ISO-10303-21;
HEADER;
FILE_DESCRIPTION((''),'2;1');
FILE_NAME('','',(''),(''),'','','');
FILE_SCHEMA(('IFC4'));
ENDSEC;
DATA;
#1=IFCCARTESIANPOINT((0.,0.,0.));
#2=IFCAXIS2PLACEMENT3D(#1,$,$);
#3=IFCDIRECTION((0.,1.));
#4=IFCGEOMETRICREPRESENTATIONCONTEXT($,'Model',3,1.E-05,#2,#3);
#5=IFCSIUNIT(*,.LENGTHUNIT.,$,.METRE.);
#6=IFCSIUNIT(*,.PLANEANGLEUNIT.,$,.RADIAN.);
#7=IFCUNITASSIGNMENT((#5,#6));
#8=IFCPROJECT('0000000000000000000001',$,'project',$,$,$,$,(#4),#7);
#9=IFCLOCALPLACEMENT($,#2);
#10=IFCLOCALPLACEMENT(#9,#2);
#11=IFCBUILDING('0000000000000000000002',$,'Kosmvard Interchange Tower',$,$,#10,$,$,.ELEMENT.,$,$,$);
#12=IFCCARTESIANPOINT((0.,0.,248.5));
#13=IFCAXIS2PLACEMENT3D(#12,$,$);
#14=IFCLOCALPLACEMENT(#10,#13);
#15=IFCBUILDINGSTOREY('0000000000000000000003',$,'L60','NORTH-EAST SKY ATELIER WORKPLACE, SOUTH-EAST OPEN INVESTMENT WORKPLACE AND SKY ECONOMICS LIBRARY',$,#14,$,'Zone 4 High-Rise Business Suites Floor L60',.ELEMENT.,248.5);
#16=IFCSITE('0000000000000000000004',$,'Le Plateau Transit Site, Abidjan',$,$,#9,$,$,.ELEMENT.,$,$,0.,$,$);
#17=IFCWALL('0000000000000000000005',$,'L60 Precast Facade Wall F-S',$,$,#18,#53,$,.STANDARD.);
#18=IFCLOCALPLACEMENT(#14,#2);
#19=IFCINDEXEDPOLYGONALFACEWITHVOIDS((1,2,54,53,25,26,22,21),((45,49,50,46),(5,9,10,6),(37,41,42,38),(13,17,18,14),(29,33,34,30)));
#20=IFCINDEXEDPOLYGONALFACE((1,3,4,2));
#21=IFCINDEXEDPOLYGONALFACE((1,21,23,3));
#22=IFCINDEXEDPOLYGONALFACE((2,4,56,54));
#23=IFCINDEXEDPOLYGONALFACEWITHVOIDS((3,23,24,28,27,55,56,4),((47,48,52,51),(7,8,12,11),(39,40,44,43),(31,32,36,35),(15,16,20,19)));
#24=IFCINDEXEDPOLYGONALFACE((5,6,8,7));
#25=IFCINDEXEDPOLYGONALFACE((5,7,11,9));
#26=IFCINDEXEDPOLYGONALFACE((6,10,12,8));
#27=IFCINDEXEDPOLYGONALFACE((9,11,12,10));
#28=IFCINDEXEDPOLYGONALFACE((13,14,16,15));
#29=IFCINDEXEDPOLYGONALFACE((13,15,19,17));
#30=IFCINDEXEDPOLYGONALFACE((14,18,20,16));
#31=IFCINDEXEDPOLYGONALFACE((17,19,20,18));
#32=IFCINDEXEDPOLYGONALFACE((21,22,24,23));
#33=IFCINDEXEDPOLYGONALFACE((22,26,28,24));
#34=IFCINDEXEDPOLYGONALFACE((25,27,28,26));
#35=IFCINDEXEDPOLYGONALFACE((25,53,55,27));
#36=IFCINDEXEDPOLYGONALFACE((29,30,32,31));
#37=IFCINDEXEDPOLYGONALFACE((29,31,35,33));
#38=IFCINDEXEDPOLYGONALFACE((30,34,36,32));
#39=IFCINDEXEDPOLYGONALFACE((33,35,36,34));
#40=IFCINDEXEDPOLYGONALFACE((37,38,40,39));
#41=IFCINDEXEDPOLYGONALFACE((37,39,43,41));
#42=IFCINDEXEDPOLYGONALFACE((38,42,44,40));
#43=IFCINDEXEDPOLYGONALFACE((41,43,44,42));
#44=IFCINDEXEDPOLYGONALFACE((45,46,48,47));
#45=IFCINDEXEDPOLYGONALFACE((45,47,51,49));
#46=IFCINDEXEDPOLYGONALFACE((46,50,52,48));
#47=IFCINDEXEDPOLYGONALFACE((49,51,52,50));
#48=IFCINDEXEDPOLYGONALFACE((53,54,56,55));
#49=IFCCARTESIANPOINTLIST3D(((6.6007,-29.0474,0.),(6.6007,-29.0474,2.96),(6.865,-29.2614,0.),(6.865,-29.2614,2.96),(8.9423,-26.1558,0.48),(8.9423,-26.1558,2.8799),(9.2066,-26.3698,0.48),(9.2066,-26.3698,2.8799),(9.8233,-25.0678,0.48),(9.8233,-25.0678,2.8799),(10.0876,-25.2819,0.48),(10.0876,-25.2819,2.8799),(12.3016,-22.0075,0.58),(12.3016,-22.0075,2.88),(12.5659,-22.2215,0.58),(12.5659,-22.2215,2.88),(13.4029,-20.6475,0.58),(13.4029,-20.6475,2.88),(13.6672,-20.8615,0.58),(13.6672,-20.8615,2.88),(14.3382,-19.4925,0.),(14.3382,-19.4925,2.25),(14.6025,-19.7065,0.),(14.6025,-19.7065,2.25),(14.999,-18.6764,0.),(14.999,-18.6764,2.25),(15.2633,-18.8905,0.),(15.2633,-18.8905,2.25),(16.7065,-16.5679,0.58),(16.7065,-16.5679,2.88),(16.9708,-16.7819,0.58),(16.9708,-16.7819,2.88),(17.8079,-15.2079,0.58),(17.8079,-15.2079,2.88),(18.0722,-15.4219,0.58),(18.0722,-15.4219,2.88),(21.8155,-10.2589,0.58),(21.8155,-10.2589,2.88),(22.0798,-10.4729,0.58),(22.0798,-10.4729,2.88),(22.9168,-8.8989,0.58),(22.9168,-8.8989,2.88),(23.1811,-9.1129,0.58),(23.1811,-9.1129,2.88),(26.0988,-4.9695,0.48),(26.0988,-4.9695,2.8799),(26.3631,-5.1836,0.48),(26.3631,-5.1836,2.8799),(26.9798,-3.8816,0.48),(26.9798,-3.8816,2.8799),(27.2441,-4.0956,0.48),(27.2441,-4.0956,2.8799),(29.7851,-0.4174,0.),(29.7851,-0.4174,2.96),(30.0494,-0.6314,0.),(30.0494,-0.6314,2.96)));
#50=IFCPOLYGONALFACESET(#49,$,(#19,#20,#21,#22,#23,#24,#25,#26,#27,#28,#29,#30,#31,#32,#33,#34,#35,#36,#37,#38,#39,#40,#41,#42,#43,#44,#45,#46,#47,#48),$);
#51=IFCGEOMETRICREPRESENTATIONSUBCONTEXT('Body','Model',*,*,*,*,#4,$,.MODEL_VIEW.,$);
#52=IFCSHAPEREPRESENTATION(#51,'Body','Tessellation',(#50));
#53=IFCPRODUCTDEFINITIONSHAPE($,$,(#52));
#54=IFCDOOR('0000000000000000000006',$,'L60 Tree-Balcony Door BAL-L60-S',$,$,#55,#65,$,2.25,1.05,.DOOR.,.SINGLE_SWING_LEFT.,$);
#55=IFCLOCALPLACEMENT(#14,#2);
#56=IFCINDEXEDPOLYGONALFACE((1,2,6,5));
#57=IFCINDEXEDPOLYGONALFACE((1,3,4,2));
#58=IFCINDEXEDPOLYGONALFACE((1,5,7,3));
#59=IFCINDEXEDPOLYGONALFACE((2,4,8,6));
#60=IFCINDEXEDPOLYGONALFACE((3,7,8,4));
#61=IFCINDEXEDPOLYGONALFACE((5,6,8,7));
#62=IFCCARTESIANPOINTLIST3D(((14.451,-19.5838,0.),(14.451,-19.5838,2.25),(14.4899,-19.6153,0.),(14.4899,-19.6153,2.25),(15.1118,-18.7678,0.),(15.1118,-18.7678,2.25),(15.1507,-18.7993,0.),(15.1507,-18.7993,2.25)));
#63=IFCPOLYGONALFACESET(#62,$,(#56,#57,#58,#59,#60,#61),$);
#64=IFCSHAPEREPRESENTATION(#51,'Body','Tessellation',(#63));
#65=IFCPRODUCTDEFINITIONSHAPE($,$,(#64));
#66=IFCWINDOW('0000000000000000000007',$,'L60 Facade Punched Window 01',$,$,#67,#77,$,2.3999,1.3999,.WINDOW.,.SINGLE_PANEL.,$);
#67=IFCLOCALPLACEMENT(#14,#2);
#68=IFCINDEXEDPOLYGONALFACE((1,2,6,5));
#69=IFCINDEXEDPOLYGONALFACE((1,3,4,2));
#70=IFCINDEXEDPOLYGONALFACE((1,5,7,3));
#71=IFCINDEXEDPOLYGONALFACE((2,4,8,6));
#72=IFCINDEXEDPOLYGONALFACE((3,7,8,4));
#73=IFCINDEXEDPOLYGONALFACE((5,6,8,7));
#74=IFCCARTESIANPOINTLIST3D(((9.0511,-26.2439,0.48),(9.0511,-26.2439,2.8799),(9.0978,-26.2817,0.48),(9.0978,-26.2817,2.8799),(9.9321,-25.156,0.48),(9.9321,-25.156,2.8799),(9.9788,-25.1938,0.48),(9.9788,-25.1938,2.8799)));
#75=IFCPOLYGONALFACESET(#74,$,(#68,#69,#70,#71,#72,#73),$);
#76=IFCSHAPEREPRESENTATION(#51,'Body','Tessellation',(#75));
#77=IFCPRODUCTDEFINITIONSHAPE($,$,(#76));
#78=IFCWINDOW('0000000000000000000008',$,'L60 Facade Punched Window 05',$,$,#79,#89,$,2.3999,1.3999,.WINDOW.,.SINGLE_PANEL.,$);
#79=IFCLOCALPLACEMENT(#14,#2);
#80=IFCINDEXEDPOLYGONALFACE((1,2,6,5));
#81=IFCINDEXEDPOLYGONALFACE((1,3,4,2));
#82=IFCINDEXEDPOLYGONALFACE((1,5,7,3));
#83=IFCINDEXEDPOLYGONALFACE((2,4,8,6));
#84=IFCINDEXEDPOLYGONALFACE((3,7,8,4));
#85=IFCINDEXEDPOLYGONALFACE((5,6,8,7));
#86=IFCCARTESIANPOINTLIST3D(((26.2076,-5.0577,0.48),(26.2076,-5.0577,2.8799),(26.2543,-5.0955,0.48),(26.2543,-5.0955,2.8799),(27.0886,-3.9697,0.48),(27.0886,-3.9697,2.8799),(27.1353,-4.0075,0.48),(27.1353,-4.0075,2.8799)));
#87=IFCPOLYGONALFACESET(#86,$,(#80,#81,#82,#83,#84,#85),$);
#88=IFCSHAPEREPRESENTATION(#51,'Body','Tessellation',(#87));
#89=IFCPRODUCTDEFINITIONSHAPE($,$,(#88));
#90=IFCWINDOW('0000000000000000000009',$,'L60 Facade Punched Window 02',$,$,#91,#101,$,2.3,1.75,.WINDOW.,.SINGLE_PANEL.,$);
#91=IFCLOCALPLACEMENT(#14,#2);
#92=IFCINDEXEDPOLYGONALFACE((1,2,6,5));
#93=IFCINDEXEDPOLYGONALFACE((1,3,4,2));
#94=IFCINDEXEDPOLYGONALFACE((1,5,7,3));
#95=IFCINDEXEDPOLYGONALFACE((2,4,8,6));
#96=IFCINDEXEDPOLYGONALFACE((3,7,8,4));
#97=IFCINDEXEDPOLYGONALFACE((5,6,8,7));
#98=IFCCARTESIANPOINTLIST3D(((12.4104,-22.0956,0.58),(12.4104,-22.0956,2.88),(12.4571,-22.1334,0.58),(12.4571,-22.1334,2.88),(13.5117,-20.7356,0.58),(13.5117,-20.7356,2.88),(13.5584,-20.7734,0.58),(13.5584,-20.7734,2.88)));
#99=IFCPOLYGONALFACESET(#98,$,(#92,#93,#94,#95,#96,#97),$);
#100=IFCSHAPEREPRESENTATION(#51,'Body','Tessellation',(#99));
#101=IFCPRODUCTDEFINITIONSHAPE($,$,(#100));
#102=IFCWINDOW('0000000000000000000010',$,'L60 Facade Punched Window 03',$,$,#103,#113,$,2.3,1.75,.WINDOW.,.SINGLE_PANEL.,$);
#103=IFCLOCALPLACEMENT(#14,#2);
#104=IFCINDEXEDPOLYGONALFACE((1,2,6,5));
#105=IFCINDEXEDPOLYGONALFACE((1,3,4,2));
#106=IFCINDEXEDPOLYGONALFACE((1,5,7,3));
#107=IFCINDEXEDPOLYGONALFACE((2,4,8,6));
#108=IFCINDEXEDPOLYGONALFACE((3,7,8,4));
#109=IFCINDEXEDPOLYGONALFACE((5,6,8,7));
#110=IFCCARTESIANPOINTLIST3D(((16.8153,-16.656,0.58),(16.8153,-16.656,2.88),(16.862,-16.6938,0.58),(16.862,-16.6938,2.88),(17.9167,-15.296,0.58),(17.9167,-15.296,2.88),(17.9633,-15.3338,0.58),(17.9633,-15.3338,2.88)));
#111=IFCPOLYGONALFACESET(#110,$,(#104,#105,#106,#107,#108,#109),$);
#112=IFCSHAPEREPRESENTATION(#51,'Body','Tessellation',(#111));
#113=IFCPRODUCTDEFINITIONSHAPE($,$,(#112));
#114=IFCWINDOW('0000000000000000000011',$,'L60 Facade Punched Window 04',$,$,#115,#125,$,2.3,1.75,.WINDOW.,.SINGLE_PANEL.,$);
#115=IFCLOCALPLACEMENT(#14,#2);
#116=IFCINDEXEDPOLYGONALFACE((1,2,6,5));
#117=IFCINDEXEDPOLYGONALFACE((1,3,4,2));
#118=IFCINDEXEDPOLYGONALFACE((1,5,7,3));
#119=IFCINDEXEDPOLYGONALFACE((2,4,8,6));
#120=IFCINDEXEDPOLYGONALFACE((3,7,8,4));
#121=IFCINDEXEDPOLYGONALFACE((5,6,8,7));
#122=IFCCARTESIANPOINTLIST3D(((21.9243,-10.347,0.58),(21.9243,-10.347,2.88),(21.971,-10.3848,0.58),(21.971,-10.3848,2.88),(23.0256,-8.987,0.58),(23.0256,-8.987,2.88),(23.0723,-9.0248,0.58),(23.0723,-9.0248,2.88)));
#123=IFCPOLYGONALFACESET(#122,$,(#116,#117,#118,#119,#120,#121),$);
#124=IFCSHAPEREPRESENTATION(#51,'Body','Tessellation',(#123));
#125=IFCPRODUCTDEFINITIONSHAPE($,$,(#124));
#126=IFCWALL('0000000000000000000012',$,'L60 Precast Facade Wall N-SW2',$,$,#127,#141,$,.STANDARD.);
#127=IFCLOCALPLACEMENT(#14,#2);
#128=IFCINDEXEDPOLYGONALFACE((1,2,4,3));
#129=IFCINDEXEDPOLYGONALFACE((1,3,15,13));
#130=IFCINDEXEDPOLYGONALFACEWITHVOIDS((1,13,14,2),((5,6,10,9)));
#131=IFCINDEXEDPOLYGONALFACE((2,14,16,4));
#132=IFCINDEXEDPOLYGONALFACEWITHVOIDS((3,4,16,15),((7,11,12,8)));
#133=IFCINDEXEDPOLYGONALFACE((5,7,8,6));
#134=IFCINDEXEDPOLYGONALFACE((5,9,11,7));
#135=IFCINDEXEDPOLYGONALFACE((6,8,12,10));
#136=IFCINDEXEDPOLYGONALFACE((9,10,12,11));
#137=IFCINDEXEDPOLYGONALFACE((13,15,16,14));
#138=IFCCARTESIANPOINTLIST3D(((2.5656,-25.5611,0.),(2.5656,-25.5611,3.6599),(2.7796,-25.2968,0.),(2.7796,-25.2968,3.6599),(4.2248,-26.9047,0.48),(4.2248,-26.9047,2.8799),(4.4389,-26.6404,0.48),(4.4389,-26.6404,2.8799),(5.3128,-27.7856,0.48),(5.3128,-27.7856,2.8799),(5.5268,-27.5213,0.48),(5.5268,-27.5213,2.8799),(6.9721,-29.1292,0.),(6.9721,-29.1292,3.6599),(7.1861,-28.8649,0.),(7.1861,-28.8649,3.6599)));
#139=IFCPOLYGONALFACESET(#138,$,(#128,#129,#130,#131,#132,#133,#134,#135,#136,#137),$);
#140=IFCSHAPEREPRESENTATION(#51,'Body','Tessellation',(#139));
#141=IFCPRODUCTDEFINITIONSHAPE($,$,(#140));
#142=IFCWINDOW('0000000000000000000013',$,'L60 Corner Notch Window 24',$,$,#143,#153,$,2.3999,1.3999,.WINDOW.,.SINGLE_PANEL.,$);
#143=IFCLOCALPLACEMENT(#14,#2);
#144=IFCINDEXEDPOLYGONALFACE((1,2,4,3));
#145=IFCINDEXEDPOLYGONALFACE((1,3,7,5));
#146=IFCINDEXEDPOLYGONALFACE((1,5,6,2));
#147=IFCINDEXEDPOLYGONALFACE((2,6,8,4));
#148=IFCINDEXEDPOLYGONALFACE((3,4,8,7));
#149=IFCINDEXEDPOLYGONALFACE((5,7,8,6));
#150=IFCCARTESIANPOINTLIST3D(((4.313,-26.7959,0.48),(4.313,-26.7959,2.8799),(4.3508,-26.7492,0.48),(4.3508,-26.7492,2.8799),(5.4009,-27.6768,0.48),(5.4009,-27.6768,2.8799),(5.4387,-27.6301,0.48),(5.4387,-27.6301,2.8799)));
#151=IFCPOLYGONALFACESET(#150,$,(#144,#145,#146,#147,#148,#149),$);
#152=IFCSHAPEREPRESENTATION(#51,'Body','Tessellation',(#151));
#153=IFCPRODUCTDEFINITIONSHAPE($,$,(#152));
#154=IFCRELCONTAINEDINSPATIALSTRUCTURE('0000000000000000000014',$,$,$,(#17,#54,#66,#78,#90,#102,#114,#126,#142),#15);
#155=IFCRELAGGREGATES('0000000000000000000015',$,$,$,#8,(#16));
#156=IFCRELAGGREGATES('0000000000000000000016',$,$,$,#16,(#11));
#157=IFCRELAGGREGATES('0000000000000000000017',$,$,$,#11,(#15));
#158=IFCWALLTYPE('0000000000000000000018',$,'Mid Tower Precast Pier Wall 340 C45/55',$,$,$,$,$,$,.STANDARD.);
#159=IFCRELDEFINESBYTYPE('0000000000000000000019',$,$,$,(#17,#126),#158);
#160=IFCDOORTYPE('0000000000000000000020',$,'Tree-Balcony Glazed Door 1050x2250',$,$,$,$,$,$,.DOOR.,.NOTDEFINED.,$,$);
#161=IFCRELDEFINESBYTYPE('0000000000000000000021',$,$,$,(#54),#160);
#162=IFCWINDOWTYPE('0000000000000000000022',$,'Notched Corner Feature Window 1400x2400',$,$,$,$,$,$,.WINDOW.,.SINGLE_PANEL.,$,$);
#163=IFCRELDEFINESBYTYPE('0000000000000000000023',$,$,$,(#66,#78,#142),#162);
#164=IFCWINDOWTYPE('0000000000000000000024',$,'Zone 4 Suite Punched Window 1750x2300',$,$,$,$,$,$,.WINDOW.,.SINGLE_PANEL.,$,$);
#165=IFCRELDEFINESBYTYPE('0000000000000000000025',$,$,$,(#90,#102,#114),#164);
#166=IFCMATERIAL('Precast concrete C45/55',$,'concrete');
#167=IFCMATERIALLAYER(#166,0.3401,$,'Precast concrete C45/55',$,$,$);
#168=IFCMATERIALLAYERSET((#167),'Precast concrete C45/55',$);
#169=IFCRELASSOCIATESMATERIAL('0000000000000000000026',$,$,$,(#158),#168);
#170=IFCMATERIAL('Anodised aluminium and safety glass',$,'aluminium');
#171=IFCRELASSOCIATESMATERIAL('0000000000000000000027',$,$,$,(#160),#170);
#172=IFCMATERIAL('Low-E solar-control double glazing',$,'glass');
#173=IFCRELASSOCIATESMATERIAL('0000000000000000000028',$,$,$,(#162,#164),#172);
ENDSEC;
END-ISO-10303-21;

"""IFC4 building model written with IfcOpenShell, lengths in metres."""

from ifc_helpers import new_model, si_unit, direction, frame, frame_2d, origin, place, context, subcontext, project, spatial, rectangle, extrude, source, transform, mapped, material, layer, layer_set, type_object, element, fill, save


model = new_model("IFC4")

# Units and contexts
model_context = context("Model", 3, precision=1e-05, world=origin(), true_north=direction((0.0, 1.0)))
body_context = subcontext(model_context, "Body", "Model", "MODEL_VIEW")
ifc_project = project(units=[si_unit("LENGTHUNIT", "METRE"), si_unit("PLANEANGLEUNIT", "RADIAN")], contexts=[model_context])

# Site, building, storey
site_placement = place(None, origin())
site = spatial("IfcSite", under=ifc_project, at=site_placement, Name="Le Plateau Transit Site, Abidjan", CompositionType="ELEMENT", RefElevation=0.0)
building_placement = place(site_placement, origin())
building = spatial("IfcBuilding", under=site, at=building_placement, Name="Kosmvard Interchange Tower", CompositionType="ELEMENT")
storey_placement = place(building_placement, frame((0.0, 0.0, 248.5)))
storey = spatial("IfcBuildingStorey", under=building, at=storey_placement, Name="L60", Description="NORTH-EAST SKY ATELIER WORKPLACE, SOUTH-EAST OPEN INVESTMENT WORKPLACE AND SKY ECONOMICS LIBRARY", LongName="Zone 4 High-Rise Business Suites Floor L60", CompositionType="ELEMENT", Elevation=248.5)

# Wall, openings, door, windows
ifc_material_1 = material(Name="Precast concrete C45/55", Category="concrete")
ifc_layer_1 = layer(ifc_material_1, 0.3401, Name="Precast concrete C45/55")
ifc_layer_set_1 = layer_set([ifc_layer_1], Name="Precast concrete C45/55")
wall_type_1 = type_object("IfcWallType", Name="Mid Tower Precast Pier Wall 340 C45/55", PredefinedType="STANDARD", material=ifc_layer_set_1)
wall_1_placement = place(storey_placement, frame((6.7329, -29.1543, 0.0), z_axis=(0.0, 0.0, 1.0), x_axis=(0.629325, 0.777142, 0.0)))
wall_1 = element("IfcWall", 1, at=wall_1_placement, inside=storey, type_object=wall_type_1, Name="L60 Precast Facade Wall F-S", PredefinedType="STANDARD", context=body_context, shape_type="SweptSolid", body=[
    extrude(rectangle(XDim=36.8401, YDim=0.3401, at=frame_2d((18.4199, 0.0))), origin(), (0.0, 0.0, 1.0), 2.96),
])
opening_1_placement = place(wall_1_placement, frame((12.2949, 0.0, 0.0)))
opening_1 = element("IfcOpeningElement", 2, at=opening_1_placement, cuts=wall_1, PredefinedType="OPENING", context=body_context, shape_type="SweptSolid", body=[
    extrude(rectangle(XDim=1.05, YDim=2.25, at=frame_2d((0.5249, 1.125))), frame((0.0, 0.1802, 0.0), z_axis=(0.0, -1.0, 0.0), x_axis=(1.0, 0.0, 0.0)), (0.0, 0.0, 1.0), 0.3601),
])
opening_2_placement = place(wall_1_placement, frame((3.7207, 0.0, 0.48)))
opening_2 = element("IfcOpeningElement", 3, at=opening_2_placement, cuts=wall_1, PredefinedType="OPENING", context=body_context, shape_type="SweptSolid", body=[
    extrude(rectangle(XDim=1.3999, YDim=2.3999, at=frame_2d((0.7, 1.2))), frame((0.0, 0.1802, 0.0), z_axis=(0.0, -1.0, 0.0), x_axis=(1.0, 0.0, 0.0)), (0.0, 0.0, 1.0), 0.3601),
])
opening_3_placement = place(wall_1_placement, frame((9.0586, 0.0, 0.5801)))
opening_3 = element("IfcOpeningElement", 4, at=opening_3_placement, cuts=wall_1, PredefinedType="OPENING", context=body_context, shape_type="SweptSolid", body=[
    extrude(rectangle(XDim=1.75, YDim=2.3, at=frame_2d((0.875, 1.1499))), frame((0.0, 0.1802, 0.0), z_axis=(0.0, -1.0, 0.0), x_axis=(1.0, 0.0, 0.0)), (0.0, 0.0, 1.0), 0.3601),
])
opening_4_placement = place(wall_1_placement, frame((16.0581, 0.0, 0.5801)))
opening_4 = element("IfcOpeningElement", 5, at=opening_4_placement, cuts=wall_1, PredefinedType="OPENING", context=body_context, shape_type="SweptSolid", body=[
    extrude(rectangle(XDim=1.75, YDim=2.3, at=frame_2d((0.875, 1.1499))), frame((0.0, 0.1802, 0.0), z_axis=(0.0, -1.0, 0.0), x_axis=(1.0, 0.0, 0.0)), (0.0, 0.0, 1.0), 0.3601),
])
opening_5_placement = place(wall_1_placement, frame((24.1763, 0.0, 0.5801)))
opening_5 = element("IfcOpeningElement", 6, at=opening_5_placement, cuts=wall_1, PredefinedType="OPENING", context=body_context, shape_type="SweptSolid", body=[
    extrude(rectangle(XDim=1.75, YDim=2.3, at=frame_2d((0.875, 1.1499))), frame((0.0, 0.1802, 0.0), z_axis=(0.0, -1.0, 0.0), x_axis=(1.0, 0.0, 0.0)), (0.0, 0.0, 1.0), 0.3601),
])
opening_6_placement = place(wall_1_placement, frame((30.9824, 0.0, 0.48)))
opening_6 = element("IfcOpeningElement", 7, at=opening_6_placement, cuts=wall_1, PredefinedType="OPENING", context=body_context, shape_type="SweptSolid", body=[
    extrude(rectangle(XDim=1.3999, YDim=2.3999, at=frame_2d((0.7, 1.2))), frame((0.0, 0.1802, 0.0), z_axis=(0.0, -1.0, 0.0), x_axis=(1.0, 0.0, 0.0)), (0.0, 0.0, 1.0), 0.3601),
])
ifc_material_2 = material(Name="Anodised aluminium and safety glass", Category="aluminium")
door_type = type_object("IfcDoorType", Name="Tree-Balcony Glazed Door 1050x2250", OperationType="NOTDEFINED", PredefinedType="DOOR", material=ifc_material_2)
shared_shape_1 = source(origin(), body_context, "Body", "SweptSolid", [
    extrude(rectangle(XDim=1.05, YDim=2.25, at=frame_2d((0.5249, 1.125))), frame((0.0, 0.0249, 0.0), z_axis=(0.0, -1.0, 0.0), x_axis=(1.0, 0.0, 0.0)), (0.0, 0.0, 1.0), 0.05),
])
door_placement = place(opening_1_placement, origin())
door = element("IfcDoor", 8, at=door_placement, inside=storey, type_object=door_type, Name="L60 Tree-Balcony Door BAL-L60-S", OperationType="SINGLE_SWING_LEFT", OverallHeight=2.25, OverallWidth=1.05, PredefinedType="DOOR", context=body_context, shape_type="MappedRepresentation", body=[
    mapped(shared_shape_1, transform((0.0, 0.0, 0.0), scale=1.0)),
])
fill(opening_1, door)
ifc_material_3 = material(Name="Low-E solar-control double glazing", Category="glass")
window_type_1 = type_object("IfcWindowType", Name="Notched Corner Feature Window 1400x2400", PartitioningType="SINGLE_PANEL", PredefinedType="WINDOW", material=ifc_material_3)
shared_shape_2 = source(origin(), body_context, "Body", "SweptSolid", [
    extrude(rectangle(XDim=1.3999, YDim=2.3999, at=frame_2d((0.7, 1.2))), frame((0.0, 0.03, 0.0), z_axis=(0.0, -1.0, 0.0), x_axis=(1.0, 0.0, 0.0)), (0.0, 0.0, 1.0), 0.0601),
])
window_1_placement = place(opening_2_placement, origin())
window_1 = element("IfcWindow", 9, at=window_1_placement, inside=storey, type_object=window_type_1, Name="L60 Facade Punched Window 01", OverallHeight=2.3999, OverallWidth=1.3999, PartitioningType="SINGLE_PANEL", PredefinedType="WINDOW", context=body_context, shape_type="MappedRepresentation", body=[
    mapped(shared_shape_2, transform((0.0, 0.0, 0.0), scale=1.0)),
])
fill(opening_2, window_1)
window_2_placement = place(opening_6_placement, origin())
window_2 = element("IfcWindow", 10, at=window_2_placement, inside=storey, type_object=window_type_1, Name="L60 Facade Punched Window 05", OverallHeight=2.3999, OverallWidth=1.3999, PartitioningType="SINGLE_PANEL", PredefinedType="WINDOW", context=body_context, shape_type="MappedRepresentation", body=[
    mapped(shared_shape_2, transform((0.0, 0.0, 0.0), scale=1.0)),
])
fill(opening_6, window_2)
window_type_2 = type_object("IfcWindowType", Name="Zone 4 Suite Punched Window 1750x2300", PartitioningType="SINGLE_PANEL", PredefinedType="WINDOW", material=ifc_material_3)
shared_shape_3 = source(origin(), body_context, "Body", "SweptSolid", [
    extrude(rectangle(XDim=1.75, YDim=2.3, at=frame_2d((0.875, 1.1499))), frame((0.0, 0.03, 0.0), z_axis=(0.0, -1.0, 0.0), x_axis=(1.0, 0.0, 0.0)), (0.0, 0.0, 1.0), 0.0601),
])
window_3_placement = place(opening_3_placement, origin())
window_3 = element("IfcWindow", 11, at=window_3_placement, inside=storey, type_object=window_type_2, Name="L60 Facade Punched Window 02", OverallHeight=2.3, OverallWidth=1.75, PartitioningType="SINGLE_PANEL", PredefinedType="WINDOW", context=body_context, shape_type="MappedRepresentation", body=[
    mapped(shared_shape_3, transform((0.0, 0.0, 0.0), scale=1.0)),
])
fill(opening_3, window_3)
window_4_placement = place(opening_4_placement, origin())
window_4 = element("IfcWindow", 12, at=window_4_placement, inside=storey, type_object=window_type_2, Name="L60 Facade Punched Window 03", OverallHeight=2.3, OverallWidth=1.75, PartitioningType="SINGLE_PANEL", PredefinedType="WINDOW", context=body_context, shape_type="MappedRepresentation", body=[
    mapped(shared_shape_3, transform((0.0, 0.0, 0.0), scale=1.0)),
])
fill(opening_4, window_4)
window_5_placement = place(opening_5_placement, origin())
window_5 = element("IfcWindow", 13, at=window_5_placement, inside=storey, type_object=window_type_2, Name="L60 Facade Punched Window 04", OverallHeight=2.3, OverallWidth=1.75, PartitioningType="SINGLE_PANEL", PredefinedType="WINDOW", context=body_context, shape_type="MappedRepresentation", body=[
    mapped(shared_shape_3, transform((0.0, 0.0, 0.0), scale=1.0)),
])
fill(opening_5, window_5)

# Wall, opening, window
wall_2_placement = place(storey_placement, frame((2.6726, -25.429, 0.0), z_axis=(0.0, 0.0, 1.0), x_axis=(0.777163, -0.6293, 0.0)))
wall_2 = element("IfcWall", 14, at=wall_2_placement, inside=storey, type_object=wall_type_1, Name="L60 Precast Facade Wall N-SW2", PredefinedType="STANDARD", context=body_context, shape_type="SweptSolid", body=[
    extrude(rectangle(XDim=5.6699, YDim=0.3401, at=frame_2d((2.835, 0.0))), origin(), (0.0, 0.0, 1.0), 3.6599),
])
opening_7_placement = place(wall_2_placement, frame((2.135, 0.0, 0.48)))
opening_7 = element("IfcOpeningElement", 15, at=opening_7_placement, cuts=wall_2, PredefinedType="OPENING", context=body_context, shape_type="SweptSolid", body=[
    extrude(rectangle(XDim=1.3999, YDim=2.3999, at=frame_2d((0.7, 1.2))), frame((0.0, 0.1802, 0.0), z_axis=(0.0, -1.0, 0.0), x_axis=(1.0, 0.0, 0.0)), (0.0, 0.0, 1.0), 0.3601),
])
window_6_placement = place(opening_7_placement, origin())
window_6 = element("IfcWindow", 16, at=window_6_placement, inside=storey, type_object=window_type_1, Name="L60 Corner Notch Window 24", OverallHeight=2.3999, OverallWidth=1.3999, PartitioningType="SINGLE_PANEL", PredefinedType="WINDOW", context=body_context, shape_type="MappedRepresentation", body=[
    mapped(shared_shape_2, transform((0.0, 0.0, 0.0), scale=1.0)),
])
fill(opening_7, window_6)

save(model, "model.ifc")
